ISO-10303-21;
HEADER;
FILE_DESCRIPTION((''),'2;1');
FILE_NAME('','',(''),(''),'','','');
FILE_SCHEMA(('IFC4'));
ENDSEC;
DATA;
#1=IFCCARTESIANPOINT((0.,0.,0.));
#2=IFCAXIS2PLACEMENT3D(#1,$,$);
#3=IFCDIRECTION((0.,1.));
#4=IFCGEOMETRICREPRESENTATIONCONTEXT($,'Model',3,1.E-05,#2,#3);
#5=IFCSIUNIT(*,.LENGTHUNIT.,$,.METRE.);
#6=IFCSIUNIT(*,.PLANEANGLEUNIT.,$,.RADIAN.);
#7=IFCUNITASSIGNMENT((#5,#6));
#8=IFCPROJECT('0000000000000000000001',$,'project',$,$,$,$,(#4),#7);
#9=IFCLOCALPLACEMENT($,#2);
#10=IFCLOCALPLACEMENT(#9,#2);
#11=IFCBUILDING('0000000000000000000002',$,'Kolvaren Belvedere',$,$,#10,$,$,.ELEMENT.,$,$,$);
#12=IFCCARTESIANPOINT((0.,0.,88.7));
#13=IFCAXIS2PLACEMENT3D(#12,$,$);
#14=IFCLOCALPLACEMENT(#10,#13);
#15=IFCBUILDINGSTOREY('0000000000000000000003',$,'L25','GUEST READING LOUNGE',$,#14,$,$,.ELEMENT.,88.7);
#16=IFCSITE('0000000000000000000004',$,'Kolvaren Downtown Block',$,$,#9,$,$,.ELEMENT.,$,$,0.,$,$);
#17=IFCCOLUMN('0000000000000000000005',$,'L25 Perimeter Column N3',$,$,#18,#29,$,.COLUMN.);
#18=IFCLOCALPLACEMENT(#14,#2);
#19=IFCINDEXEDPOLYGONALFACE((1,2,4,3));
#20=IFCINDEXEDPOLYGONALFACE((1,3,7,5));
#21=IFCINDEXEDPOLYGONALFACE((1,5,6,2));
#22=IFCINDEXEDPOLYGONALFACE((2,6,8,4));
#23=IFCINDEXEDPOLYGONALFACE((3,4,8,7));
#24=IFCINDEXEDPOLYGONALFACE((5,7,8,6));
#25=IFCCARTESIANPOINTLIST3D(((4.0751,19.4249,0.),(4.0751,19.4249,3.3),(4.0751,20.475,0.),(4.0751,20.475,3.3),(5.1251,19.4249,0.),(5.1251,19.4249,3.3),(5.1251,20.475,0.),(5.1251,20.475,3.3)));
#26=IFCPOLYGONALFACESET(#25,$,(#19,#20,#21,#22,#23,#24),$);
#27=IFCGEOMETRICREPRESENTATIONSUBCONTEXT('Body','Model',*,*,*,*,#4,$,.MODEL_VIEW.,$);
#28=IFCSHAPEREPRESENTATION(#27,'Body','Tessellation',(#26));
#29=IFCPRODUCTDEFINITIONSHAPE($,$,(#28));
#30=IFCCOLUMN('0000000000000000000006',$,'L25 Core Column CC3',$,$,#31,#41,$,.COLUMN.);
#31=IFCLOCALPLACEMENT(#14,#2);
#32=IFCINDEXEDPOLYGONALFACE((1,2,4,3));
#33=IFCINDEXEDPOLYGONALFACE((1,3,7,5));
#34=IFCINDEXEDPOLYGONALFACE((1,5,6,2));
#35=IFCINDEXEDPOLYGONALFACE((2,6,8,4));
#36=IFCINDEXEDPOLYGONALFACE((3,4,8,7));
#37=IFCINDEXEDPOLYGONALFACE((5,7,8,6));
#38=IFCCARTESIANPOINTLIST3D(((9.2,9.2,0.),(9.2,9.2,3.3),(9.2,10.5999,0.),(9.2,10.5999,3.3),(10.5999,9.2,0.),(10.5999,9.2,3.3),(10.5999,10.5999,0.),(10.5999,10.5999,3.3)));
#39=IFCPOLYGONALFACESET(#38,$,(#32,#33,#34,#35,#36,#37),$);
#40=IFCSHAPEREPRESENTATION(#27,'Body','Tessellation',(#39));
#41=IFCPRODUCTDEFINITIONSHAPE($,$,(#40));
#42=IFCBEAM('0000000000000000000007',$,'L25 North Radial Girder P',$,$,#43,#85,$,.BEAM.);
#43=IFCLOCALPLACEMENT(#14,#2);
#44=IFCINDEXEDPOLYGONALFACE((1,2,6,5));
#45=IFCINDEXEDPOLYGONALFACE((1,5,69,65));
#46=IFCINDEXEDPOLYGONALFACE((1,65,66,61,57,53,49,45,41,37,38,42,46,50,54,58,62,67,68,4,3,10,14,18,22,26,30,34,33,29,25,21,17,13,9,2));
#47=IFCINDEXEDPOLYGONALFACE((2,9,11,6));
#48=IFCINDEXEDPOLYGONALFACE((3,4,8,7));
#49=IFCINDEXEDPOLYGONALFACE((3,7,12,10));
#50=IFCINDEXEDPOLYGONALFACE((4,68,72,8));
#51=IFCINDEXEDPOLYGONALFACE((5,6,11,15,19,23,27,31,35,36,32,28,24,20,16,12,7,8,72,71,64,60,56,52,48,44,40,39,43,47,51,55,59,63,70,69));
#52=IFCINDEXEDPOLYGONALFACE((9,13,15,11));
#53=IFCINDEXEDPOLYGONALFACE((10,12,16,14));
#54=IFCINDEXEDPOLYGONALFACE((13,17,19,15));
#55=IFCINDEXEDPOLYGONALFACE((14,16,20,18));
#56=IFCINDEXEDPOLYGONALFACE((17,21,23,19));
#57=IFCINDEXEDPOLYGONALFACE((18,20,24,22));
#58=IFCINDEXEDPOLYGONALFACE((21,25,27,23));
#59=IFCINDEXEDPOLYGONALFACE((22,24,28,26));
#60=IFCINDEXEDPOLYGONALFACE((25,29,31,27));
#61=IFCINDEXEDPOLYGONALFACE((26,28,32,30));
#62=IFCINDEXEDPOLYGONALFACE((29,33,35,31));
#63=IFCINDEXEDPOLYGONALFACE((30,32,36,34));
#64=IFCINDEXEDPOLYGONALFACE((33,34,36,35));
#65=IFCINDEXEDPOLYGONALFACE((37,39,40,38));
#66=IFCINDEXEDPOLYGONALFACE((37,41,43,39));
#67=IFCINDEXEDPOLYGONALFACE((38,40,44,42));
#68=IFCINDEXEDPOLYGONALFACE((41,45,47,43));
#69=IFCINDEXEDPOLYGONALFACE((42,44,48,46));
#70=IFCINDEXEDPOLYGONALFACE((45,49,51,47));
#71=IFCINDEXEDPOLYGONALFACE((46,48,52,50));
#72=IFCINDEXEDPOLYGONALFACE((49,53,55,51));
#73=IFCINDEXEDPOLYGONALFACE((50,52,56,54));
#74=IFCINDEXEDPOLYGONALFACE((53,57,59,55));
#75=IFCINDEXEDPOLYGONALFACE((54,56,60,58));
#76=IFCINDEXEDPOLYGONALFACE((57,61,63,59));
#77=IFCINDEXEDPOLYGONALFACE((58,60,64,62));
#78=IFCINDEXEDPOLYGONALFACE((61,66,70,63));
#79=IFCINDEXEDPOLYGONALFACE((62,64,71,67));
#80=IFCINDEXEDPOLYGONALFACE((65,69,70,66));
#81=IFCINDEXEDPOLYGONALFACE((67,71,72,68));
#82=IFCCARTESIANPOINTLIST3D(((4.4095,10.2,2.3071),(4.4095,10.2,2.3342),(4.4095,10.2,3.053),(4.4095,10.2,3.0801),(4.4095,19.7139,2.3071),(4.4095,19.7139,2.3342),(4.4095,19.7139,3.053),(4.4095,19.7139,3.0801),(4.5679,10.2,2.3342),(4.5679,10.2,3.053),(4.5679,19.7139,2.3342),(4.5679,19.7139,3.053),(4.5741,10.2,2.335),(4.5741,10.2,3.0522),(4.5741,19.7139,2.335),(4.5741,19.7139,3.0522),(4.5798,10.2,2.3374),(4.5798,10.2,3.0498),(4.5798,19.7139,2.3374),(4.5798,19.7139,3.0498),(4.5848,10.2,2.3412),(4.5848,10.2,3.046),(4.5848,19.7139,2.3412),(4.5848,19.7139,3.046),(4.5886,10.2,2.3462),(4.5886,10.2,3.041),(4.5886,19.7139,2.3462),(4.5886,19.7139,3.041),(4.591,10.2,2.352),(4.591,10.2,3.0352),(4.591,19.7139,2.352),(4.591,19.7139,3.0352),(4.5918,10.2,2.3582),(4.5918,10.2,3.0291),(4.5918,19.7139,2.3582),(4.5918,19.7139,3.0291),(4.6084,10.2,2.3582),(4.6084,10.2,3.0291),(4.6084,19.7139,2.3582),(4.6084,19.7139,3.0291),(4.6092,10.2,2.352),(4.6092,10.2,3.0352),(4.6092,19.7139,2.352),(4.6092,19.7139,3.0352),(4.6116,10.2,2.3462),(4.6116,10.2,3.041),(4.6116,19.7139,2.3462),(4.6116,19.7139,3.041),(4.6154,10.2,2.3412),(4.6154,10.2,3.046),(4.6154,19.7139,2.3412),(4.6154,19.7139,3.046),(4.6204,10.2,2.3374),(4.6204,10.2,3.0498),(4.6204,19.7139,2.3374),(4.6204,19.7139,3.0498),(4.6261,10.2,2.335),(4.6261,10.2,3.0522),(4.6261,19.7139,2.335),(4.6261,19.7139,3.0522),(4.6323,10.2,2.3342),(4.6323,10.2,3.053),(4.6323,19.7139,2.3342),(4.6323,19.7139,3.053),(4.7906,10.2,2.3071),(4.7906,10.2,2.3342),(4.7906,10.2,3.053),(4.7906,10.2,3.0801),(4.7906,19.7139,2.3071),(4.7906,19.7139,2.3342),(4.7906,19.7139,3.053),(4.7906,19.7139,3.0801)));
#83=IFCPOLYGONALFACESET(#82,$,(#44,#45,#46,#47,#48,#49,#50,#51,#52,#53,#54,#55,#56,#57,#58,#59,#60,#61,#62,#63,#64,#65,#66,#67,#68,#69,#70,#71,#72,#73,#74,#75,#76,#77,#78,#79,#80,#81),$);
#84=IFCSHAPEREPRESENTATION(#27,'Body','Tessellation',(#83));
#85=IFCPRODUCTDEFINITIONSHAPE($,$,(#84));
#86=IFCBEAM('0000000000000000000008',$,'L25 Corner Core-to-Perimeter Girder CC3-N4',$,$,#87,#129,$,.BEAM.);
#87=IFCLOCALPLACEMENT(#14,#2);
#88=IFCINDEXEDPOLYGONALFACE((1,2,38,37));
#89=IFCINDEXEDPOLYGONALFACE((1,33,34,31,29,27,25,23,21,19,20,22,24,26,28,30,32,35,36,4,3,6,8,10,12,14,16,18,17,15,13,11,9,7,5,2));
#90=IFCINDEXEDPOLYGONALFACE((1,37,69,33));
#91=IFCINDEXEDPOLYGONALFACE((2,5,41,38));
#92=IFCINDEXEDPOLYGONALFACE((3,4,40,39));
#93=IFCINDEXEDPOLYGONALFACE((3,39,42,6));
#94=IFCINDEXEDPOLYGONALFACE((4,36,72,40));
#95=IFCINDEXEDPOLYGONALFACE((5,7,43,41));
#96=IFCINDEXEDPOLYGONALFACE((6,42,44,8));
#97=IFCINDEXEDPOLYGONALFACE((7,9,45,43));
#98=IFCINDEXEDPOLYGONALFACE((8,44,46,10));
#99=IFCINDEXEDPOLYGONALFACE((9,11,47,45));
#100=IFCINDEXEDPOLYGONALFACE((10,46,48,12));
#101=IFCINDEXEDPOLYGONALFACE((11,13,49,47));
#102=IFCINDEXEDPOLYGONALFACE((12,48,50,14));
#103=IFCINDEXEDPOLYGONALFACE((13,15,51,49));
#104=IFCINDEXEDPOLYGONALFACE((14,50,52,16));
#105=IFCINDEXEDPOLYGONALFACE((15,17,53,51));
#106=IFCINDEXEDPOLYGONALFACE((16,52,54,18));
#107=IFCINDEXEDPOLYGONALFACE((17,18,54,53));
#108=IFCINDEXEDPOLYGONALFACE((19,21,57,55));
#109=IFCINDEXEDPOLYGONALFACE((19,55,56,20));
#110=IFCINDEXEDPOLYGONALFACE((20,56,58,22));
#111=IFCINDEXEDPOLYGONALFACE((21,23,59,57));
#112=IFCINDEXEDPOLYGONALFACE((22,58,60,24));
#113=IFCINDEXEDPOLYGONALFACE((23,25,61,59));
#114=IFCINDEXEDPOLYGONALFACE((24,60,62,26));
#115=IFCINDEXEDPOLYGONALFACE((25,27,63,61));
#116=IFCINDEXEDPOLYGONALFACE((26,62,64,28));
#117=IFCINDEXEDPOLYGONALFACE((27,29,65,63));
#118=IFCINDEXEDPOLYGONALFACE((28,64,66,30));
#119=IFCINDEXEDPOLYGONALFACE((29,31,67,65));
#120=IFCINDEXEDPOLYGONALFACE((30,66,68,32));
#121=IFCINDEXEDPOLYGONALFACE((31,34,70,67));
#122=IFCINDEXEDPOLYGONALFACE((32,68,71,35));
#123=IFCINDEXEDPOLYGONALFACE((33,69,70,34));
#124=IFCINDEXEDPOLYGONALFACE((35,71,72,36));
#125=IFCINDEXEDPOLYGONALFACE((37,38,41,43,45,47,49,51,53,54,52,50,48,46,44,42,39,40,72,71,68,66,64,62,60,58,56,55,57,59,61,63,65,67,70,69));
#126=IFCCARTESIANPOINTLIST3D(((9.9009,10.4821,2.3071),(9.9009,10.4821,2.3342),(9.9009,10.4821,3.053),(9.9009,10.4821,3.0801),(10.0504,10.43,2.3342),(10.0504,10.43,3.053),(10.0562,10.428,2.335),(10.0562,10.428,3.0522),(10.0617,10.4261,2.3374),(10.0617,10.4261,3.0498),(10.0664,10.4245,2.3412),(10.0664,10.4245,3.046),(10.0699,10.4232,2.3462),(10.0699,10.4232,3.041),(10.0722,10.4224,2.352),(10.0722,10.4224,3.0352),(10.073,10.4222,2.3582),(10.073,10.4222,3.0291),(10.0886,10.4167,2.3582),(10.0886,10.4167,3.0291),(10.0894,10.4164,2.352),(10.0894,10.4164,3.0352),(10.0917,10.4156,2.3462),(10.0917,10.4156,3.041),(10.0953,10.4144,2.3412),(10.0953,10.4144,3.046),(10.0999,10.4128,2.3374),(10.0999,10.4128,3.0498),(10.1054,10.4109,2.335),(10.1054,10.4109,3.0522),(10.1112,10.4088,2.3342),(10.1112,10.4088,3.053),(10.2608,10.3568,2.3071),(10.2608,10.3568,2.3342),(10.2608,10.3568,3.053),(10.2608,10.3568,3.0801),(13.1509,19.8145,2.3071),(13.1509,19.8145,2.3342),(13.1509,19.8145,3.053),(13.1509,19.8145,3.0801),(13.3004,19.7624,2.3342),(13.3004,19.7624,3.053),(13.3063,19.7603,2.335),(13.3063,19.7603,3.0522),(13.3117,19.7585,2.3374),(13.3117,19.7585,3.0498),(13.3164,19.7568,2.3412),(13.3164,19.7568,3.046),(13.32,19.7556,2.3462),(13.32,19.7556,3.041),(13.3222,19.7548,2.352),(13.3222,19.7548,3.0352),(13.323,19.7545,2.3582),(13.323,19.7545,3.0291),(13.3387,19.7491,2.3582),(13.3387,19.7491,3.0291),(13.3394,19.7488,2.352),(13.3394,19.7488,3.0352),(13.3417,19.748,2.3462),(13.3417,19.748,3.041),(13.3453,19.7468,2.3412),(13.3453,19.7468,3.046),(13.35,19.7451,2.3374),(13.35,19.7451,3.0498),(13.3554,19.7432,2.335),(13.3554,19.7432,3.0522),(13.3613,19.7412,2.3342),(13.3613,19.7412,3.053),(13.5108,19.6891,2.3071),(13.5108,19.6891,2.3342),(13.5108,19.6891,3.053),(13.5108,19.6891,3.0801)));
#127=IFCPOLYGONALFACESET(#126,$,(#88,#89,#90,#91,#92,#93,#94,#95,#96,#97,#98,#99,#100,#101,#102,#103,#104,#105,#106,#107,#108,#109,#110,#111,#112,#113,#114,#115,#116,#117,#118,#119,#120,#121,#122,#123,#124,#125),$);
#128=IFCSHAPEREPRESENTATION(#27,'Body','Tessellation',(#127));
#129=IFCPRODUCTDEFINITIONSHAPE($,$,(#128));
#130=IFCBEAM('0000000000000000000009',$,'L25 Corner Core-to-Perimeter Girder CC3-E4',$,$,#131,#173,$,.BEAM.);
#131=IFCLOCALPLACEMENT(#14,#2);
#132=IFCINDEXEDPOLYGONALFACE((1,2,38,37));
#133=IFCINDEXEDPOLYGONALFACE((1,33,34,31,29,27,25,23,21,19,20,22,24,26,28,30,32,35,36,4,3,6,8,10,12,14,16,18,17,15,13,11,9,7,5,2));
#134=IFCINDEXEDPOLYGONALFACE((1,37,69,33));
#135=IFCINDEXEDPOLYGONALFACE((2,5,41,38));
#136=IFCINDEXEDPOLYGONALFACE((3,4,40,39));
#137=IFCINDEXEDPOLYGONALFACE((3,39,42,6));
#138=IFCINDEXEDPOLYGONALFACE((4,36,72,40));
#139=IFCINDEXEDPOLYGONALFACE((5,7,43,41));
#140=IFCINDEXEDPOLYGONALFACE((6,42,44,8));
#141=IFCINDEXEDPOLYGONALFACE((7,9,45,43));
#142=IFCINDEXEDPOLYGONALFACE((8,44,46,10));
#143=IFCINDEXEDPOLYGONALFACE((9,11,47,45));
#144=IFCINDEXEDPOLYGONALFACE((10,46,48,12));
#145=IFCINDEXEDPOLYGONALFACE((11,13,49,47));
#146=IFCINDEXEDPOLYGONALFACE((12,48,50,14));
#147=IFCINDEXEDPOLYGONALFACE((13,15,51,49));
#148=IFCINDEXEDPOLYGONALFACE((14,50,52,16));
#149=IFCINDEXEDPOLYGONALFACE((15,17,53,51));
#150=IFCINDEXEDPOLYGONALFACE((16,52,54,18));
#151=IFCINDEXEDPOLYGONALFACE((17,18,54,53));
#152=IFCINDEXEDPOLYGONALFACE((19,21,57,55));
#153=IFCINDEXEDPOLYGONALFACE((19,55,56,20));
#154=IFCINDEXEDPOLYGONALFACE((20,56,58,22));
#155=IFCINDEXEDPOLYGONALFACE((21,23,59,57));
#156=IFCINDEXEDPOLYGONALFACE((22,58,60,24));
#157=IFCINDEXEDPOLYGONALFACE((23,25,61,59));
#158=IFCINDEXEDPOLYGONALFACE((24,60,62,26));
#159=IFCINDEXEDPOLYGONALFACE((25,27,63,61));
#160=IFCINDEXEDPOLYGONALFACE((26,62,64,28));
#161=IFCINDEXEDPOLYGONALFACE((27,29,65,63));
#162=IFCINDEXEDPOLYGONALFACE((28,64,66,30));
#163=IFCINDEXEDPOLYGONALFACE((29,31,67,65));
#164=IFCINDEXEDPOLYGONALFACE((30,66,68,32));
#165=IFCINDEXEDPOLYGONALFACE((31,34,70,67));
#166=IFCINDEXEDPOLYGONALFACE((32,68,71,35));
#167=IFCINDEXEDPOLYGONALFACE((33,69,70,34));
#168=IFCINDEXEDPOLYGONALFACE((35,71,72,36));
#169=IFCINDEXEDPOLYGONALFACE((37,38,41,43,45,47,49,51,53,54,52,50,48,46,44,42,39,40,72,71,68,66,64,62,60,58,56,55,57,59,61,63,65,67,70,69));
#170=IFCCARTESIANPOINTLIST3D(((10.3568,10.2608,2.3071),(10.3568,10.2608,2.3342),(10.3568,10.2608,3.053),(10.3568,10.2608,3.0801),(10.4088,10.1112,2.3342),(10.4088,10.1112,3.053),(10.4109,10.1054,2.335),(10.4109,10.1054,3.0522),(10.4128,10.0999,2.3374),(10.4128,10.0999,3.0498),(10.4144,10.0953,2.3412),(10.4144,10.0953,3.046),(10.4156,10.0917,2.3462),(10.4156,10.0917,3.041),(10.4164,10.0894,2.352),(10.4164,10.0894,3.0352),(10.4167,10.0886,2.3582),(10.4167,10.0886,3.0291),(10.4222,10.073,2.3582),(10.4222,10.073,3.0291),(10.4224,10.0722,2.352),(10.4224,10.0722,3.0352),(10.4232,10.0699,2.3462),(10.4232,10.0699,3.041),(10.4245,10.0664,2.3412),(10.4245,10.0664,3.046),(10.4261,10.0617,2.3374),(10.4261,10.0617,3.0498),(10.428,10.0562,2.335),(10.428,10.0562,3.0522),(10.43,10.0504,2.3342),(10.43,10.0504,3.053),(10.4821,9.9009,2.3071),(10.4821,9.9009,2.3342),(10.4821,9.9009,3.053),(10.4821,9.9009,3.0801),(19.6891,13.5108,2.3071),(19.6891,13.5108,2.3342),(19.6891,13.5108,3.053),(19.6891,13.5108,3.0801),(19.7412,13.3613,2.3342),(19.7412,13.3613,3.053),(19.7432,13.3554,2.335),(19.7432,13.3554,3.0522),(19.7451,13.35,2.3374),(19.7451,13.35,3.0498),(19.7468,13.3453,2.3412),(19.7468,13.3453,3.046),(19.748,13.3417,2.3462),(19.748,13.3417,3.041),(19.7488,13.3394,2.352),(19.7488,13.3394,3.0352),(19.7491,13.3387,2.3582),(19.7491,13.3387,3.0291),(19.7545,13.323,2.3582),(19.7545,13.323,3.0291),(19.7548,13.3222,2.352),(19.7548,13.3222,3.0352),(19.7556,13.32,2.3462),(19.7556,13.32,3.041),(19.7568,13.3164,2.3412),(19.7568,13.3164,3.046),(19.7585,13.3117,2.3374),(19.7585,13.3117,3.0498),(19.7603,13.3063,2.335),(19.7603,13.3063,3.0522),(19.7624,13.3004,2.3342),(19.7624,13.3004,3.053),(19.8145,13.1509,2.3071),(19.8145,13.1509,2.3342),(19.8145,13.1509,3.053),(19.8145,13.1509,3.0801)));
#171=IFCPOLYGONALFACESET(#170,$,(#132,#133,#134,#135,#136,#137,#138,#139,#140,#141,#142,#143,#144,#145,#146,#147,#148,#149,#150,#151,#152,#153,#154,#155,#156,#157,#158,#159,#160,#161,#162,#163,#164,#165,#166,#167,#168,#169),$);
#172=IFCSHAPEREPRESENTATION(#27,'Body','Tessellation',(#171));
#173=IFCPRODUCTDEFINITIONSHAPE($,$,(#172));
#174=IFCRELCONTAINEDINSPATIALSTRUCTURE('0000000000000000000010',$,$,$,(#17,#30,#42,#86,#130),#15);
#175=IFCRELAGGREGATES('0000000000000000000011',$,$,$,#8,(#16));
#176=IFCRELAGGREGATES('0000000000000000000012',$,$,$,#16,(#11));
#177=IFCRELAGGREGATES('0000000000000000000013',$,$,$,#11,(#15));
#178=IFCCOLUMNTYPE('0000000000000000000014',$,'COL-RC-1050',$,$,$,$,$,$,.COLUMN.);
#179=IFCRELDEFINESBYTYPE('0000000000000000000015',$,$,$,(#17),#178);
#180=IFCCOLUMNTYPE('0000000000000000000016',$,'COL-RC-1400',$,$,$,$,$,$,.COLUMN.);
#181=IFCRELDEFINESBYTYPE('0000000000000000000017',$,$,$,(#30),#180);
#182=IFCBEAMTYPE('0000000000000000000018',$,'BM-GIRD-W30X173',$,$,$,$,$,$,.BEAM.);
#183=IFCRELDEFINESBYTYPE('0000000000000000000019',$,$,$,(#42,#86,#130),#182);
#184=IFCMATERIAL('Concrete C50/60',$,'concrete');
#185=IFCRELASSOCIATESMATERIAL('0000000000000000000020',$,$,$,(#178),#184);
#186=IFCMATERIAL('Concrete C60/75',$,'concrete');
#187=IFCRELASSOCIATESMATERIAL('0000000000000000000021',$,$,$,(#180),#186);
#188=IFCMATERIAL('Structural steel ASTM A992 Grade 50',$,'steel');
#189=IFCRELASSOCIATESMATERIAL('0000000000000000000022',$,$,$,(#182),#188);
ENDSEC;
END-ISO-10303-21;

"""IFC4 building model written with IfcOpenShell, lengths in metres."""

from ifc_helpers import new_model, si_unit, direction, frame, origin, origin_2d, place, context, subcontext, project, spatial, rectangle, i_section, extrude, material, material_profile, profile_set, type_object, element, save


model = new_model("IFC4")

# Units and contexts
model_context = context("Model", 3, precision=1e-05, world=origin(), true_north=direction((0.0, 1.0)))
body_context = subcontext(model_context, "Body", "Model", "MODEL_VIEW")
ifc_project = project(units=[si_unit("LENGTHUNIT", "METRE"), si_unit("PLANEANGLEUNIT", "RADIAN")], contexts=[model_context])

# Site, building, storey
site_placement = place(None, origin())
site = spatial("IfcSite", under=ifc_project, at=site_placement, Name="Kolvaren Downtown Block", CompositionType="ELEMENT", RefElevation=0.0)
building_placement = place(site_placement, origin())
building = spatial("IfcBuilding", under=site, at=building_placement, Name="Kolvaren Belvedere", CompositionType="ELEMENT")
storey_placement = place(building_placement, frame((0.0, 0.0, 88.7)))
storey = spatial("IfcBuildingStorey", under=building, at=storey_placement, Name="L25", Description="GUEST READING LOUNGE", CompositionType="ELEMENT", Elevation=88.7)

# Columns
ifc_material_1 = material(Name="Concrete C50/60", Category="concrete")
ifc_material_profile_1 = material_profile(ifc_material_1, rectangle(XDim=1.05, YDim=1.05, at=origin_2d()), Name="RC 1050X1050")
ifc_profile_set_1 = profile_set([ifc_material_profile_1], Name="Concrete C50/60")
column_type_1 = type_object("IfcColumnType", Name="COL-RC-1050", PredefinedType="COLUMN", material=ifc_profile_set_1)
column_1_placement = place(storey_placement, frame((4.6001, 19.95, 0.0), z_axis=(0.0, 0.0, 1.0), x_axis=(1.0, 0.0, 0.0)))
element("IfcColumn", 1, at=column_1_placement, inside=storey, type_object=column_type_1, Name="L25 Perimeter Column N3", PredefinedType="COLUMN", context=body_context, shape_type="SweptSolid", body=[
    extrude(rectangle(XDim=1.05, YDim=1.05, at=origin_2d()), origin(), (0.0, 0.0, 1.0), 3.3),
])
ifc_material_2 = material(Name="Concrete C60/75", Category="concrete")
ifc_material_profile_2 = material_profile(ifc_material_2, rectangle(XDim=1.3999, YDim=1.3999, at=origin_2d()), Name="RC 1400X1400")
ifc_profile_set_2 = profile_set([ifc_material_profile_2], Name="Concrete C60/75")
column_type_2 = type_object("IfcColumnType", Name="COL-RC-1400", PredefinedType="COLUMN", material=ifc_profile_set_2)
column_2_placement = place(storey_placement, frame((9.8999, 9.8999, 0.0), z_axis=(0.0, 0.0, 1.0), x_axis=(1.0, 0.0, 0.0)))
element("IfcColumn", 2, at=column_2_placement, inside=storey, type_object=column_type_2, Name="L25 Core Column CC3", PredefinedType="COLUMN", context=body_context, shape_type="SweptSolid", body=[
    extrude(rectangle(XDim=1.3999, YDim=1.3999, at=origin_2d()), origin(), (0.0, 0.0, 1.0), 3.3),
])

# Beams
ifc_material_3 = material(Name="Structural steel ASTM A992 Grade 50", Category="steel")
ifc_material_profile_3 = material_profile(ifc_material_3, i_section(OverallWidth=0.3811, OverallDepth=0.7729, WebThickness=0.0166, FlangeThickness=0.0271, FilletRadius=0.0239, at=origin_2d()), Name="W30X173")
ifc_profile_set_3 = profile_set([ifc_material_profile_3], Name="Structural steel ASTM A992 Grade 50")
beam_type_1 = type_object("IfcBeamType", Name="BM-GIRD-W30X173", PredefinedType="BEAM", material=ifc_profile_set_3)
beam_1_placement = place(storey_placement, frame((4.6001, 10.2, 2.6936), z_axis=(0.0, 1.0, 0.0), x_axis=(-1.0, 0.0, 0.0)))
element("IfcBeam", 3, at=beam_1_placement, inside=storey, type_object=beam_type_1, Name="L25 North Radial Girder P", PredefinedType="BEAM", context=body_context, shape_type="SweptSolid", body=[
    extrude(i_section(OverallWidth=0.3811, OverallDepth=0.7729, WebThickness=0.0166, FlangeThickness=0.0271, FilletRadius=0.0239, at=origin_2d()), origin(), (0.0, 0.0, 1.0), 9.5139),
])
for number, where, z_axis, x_axis, name in (
    (4, (10.0808, 10.4194, 2.6936), (0.328881, 0.944371, 0.0), (-0.944371, 0.328881, 0.0), "L25 Corner Core-to-Perimeter Girder CC3-N4"),
    (5, (10.4194, 10.0808, 2.6936), (0.944371, 0.328881, 0.0), (-0.328881, 0.944371, 0.0), "L25 Corner Core-to-Perimeter Girder CC3-E4"),
):
    element("IfcBeam", number, at=place(storey_placement, frame(where, z_axis=z_axis, x_axis=x_axis)), inside=storey, type_object=beam_type_1, Name=name, PredefinedType="BEAM", context=body_context, shape_type="SweptSolid", body=[
        extrude(i_section(OverallWidth=0.3811, OverallDepth=0.7729, WebThickness=0.0166, FlangeThickness=0.0271, FilletRadius=0.0239, at=origin_2d()), origin(), (0.0, 0.0, 1.0), 9.8821),
    ])

save(model, "model.ifc")
